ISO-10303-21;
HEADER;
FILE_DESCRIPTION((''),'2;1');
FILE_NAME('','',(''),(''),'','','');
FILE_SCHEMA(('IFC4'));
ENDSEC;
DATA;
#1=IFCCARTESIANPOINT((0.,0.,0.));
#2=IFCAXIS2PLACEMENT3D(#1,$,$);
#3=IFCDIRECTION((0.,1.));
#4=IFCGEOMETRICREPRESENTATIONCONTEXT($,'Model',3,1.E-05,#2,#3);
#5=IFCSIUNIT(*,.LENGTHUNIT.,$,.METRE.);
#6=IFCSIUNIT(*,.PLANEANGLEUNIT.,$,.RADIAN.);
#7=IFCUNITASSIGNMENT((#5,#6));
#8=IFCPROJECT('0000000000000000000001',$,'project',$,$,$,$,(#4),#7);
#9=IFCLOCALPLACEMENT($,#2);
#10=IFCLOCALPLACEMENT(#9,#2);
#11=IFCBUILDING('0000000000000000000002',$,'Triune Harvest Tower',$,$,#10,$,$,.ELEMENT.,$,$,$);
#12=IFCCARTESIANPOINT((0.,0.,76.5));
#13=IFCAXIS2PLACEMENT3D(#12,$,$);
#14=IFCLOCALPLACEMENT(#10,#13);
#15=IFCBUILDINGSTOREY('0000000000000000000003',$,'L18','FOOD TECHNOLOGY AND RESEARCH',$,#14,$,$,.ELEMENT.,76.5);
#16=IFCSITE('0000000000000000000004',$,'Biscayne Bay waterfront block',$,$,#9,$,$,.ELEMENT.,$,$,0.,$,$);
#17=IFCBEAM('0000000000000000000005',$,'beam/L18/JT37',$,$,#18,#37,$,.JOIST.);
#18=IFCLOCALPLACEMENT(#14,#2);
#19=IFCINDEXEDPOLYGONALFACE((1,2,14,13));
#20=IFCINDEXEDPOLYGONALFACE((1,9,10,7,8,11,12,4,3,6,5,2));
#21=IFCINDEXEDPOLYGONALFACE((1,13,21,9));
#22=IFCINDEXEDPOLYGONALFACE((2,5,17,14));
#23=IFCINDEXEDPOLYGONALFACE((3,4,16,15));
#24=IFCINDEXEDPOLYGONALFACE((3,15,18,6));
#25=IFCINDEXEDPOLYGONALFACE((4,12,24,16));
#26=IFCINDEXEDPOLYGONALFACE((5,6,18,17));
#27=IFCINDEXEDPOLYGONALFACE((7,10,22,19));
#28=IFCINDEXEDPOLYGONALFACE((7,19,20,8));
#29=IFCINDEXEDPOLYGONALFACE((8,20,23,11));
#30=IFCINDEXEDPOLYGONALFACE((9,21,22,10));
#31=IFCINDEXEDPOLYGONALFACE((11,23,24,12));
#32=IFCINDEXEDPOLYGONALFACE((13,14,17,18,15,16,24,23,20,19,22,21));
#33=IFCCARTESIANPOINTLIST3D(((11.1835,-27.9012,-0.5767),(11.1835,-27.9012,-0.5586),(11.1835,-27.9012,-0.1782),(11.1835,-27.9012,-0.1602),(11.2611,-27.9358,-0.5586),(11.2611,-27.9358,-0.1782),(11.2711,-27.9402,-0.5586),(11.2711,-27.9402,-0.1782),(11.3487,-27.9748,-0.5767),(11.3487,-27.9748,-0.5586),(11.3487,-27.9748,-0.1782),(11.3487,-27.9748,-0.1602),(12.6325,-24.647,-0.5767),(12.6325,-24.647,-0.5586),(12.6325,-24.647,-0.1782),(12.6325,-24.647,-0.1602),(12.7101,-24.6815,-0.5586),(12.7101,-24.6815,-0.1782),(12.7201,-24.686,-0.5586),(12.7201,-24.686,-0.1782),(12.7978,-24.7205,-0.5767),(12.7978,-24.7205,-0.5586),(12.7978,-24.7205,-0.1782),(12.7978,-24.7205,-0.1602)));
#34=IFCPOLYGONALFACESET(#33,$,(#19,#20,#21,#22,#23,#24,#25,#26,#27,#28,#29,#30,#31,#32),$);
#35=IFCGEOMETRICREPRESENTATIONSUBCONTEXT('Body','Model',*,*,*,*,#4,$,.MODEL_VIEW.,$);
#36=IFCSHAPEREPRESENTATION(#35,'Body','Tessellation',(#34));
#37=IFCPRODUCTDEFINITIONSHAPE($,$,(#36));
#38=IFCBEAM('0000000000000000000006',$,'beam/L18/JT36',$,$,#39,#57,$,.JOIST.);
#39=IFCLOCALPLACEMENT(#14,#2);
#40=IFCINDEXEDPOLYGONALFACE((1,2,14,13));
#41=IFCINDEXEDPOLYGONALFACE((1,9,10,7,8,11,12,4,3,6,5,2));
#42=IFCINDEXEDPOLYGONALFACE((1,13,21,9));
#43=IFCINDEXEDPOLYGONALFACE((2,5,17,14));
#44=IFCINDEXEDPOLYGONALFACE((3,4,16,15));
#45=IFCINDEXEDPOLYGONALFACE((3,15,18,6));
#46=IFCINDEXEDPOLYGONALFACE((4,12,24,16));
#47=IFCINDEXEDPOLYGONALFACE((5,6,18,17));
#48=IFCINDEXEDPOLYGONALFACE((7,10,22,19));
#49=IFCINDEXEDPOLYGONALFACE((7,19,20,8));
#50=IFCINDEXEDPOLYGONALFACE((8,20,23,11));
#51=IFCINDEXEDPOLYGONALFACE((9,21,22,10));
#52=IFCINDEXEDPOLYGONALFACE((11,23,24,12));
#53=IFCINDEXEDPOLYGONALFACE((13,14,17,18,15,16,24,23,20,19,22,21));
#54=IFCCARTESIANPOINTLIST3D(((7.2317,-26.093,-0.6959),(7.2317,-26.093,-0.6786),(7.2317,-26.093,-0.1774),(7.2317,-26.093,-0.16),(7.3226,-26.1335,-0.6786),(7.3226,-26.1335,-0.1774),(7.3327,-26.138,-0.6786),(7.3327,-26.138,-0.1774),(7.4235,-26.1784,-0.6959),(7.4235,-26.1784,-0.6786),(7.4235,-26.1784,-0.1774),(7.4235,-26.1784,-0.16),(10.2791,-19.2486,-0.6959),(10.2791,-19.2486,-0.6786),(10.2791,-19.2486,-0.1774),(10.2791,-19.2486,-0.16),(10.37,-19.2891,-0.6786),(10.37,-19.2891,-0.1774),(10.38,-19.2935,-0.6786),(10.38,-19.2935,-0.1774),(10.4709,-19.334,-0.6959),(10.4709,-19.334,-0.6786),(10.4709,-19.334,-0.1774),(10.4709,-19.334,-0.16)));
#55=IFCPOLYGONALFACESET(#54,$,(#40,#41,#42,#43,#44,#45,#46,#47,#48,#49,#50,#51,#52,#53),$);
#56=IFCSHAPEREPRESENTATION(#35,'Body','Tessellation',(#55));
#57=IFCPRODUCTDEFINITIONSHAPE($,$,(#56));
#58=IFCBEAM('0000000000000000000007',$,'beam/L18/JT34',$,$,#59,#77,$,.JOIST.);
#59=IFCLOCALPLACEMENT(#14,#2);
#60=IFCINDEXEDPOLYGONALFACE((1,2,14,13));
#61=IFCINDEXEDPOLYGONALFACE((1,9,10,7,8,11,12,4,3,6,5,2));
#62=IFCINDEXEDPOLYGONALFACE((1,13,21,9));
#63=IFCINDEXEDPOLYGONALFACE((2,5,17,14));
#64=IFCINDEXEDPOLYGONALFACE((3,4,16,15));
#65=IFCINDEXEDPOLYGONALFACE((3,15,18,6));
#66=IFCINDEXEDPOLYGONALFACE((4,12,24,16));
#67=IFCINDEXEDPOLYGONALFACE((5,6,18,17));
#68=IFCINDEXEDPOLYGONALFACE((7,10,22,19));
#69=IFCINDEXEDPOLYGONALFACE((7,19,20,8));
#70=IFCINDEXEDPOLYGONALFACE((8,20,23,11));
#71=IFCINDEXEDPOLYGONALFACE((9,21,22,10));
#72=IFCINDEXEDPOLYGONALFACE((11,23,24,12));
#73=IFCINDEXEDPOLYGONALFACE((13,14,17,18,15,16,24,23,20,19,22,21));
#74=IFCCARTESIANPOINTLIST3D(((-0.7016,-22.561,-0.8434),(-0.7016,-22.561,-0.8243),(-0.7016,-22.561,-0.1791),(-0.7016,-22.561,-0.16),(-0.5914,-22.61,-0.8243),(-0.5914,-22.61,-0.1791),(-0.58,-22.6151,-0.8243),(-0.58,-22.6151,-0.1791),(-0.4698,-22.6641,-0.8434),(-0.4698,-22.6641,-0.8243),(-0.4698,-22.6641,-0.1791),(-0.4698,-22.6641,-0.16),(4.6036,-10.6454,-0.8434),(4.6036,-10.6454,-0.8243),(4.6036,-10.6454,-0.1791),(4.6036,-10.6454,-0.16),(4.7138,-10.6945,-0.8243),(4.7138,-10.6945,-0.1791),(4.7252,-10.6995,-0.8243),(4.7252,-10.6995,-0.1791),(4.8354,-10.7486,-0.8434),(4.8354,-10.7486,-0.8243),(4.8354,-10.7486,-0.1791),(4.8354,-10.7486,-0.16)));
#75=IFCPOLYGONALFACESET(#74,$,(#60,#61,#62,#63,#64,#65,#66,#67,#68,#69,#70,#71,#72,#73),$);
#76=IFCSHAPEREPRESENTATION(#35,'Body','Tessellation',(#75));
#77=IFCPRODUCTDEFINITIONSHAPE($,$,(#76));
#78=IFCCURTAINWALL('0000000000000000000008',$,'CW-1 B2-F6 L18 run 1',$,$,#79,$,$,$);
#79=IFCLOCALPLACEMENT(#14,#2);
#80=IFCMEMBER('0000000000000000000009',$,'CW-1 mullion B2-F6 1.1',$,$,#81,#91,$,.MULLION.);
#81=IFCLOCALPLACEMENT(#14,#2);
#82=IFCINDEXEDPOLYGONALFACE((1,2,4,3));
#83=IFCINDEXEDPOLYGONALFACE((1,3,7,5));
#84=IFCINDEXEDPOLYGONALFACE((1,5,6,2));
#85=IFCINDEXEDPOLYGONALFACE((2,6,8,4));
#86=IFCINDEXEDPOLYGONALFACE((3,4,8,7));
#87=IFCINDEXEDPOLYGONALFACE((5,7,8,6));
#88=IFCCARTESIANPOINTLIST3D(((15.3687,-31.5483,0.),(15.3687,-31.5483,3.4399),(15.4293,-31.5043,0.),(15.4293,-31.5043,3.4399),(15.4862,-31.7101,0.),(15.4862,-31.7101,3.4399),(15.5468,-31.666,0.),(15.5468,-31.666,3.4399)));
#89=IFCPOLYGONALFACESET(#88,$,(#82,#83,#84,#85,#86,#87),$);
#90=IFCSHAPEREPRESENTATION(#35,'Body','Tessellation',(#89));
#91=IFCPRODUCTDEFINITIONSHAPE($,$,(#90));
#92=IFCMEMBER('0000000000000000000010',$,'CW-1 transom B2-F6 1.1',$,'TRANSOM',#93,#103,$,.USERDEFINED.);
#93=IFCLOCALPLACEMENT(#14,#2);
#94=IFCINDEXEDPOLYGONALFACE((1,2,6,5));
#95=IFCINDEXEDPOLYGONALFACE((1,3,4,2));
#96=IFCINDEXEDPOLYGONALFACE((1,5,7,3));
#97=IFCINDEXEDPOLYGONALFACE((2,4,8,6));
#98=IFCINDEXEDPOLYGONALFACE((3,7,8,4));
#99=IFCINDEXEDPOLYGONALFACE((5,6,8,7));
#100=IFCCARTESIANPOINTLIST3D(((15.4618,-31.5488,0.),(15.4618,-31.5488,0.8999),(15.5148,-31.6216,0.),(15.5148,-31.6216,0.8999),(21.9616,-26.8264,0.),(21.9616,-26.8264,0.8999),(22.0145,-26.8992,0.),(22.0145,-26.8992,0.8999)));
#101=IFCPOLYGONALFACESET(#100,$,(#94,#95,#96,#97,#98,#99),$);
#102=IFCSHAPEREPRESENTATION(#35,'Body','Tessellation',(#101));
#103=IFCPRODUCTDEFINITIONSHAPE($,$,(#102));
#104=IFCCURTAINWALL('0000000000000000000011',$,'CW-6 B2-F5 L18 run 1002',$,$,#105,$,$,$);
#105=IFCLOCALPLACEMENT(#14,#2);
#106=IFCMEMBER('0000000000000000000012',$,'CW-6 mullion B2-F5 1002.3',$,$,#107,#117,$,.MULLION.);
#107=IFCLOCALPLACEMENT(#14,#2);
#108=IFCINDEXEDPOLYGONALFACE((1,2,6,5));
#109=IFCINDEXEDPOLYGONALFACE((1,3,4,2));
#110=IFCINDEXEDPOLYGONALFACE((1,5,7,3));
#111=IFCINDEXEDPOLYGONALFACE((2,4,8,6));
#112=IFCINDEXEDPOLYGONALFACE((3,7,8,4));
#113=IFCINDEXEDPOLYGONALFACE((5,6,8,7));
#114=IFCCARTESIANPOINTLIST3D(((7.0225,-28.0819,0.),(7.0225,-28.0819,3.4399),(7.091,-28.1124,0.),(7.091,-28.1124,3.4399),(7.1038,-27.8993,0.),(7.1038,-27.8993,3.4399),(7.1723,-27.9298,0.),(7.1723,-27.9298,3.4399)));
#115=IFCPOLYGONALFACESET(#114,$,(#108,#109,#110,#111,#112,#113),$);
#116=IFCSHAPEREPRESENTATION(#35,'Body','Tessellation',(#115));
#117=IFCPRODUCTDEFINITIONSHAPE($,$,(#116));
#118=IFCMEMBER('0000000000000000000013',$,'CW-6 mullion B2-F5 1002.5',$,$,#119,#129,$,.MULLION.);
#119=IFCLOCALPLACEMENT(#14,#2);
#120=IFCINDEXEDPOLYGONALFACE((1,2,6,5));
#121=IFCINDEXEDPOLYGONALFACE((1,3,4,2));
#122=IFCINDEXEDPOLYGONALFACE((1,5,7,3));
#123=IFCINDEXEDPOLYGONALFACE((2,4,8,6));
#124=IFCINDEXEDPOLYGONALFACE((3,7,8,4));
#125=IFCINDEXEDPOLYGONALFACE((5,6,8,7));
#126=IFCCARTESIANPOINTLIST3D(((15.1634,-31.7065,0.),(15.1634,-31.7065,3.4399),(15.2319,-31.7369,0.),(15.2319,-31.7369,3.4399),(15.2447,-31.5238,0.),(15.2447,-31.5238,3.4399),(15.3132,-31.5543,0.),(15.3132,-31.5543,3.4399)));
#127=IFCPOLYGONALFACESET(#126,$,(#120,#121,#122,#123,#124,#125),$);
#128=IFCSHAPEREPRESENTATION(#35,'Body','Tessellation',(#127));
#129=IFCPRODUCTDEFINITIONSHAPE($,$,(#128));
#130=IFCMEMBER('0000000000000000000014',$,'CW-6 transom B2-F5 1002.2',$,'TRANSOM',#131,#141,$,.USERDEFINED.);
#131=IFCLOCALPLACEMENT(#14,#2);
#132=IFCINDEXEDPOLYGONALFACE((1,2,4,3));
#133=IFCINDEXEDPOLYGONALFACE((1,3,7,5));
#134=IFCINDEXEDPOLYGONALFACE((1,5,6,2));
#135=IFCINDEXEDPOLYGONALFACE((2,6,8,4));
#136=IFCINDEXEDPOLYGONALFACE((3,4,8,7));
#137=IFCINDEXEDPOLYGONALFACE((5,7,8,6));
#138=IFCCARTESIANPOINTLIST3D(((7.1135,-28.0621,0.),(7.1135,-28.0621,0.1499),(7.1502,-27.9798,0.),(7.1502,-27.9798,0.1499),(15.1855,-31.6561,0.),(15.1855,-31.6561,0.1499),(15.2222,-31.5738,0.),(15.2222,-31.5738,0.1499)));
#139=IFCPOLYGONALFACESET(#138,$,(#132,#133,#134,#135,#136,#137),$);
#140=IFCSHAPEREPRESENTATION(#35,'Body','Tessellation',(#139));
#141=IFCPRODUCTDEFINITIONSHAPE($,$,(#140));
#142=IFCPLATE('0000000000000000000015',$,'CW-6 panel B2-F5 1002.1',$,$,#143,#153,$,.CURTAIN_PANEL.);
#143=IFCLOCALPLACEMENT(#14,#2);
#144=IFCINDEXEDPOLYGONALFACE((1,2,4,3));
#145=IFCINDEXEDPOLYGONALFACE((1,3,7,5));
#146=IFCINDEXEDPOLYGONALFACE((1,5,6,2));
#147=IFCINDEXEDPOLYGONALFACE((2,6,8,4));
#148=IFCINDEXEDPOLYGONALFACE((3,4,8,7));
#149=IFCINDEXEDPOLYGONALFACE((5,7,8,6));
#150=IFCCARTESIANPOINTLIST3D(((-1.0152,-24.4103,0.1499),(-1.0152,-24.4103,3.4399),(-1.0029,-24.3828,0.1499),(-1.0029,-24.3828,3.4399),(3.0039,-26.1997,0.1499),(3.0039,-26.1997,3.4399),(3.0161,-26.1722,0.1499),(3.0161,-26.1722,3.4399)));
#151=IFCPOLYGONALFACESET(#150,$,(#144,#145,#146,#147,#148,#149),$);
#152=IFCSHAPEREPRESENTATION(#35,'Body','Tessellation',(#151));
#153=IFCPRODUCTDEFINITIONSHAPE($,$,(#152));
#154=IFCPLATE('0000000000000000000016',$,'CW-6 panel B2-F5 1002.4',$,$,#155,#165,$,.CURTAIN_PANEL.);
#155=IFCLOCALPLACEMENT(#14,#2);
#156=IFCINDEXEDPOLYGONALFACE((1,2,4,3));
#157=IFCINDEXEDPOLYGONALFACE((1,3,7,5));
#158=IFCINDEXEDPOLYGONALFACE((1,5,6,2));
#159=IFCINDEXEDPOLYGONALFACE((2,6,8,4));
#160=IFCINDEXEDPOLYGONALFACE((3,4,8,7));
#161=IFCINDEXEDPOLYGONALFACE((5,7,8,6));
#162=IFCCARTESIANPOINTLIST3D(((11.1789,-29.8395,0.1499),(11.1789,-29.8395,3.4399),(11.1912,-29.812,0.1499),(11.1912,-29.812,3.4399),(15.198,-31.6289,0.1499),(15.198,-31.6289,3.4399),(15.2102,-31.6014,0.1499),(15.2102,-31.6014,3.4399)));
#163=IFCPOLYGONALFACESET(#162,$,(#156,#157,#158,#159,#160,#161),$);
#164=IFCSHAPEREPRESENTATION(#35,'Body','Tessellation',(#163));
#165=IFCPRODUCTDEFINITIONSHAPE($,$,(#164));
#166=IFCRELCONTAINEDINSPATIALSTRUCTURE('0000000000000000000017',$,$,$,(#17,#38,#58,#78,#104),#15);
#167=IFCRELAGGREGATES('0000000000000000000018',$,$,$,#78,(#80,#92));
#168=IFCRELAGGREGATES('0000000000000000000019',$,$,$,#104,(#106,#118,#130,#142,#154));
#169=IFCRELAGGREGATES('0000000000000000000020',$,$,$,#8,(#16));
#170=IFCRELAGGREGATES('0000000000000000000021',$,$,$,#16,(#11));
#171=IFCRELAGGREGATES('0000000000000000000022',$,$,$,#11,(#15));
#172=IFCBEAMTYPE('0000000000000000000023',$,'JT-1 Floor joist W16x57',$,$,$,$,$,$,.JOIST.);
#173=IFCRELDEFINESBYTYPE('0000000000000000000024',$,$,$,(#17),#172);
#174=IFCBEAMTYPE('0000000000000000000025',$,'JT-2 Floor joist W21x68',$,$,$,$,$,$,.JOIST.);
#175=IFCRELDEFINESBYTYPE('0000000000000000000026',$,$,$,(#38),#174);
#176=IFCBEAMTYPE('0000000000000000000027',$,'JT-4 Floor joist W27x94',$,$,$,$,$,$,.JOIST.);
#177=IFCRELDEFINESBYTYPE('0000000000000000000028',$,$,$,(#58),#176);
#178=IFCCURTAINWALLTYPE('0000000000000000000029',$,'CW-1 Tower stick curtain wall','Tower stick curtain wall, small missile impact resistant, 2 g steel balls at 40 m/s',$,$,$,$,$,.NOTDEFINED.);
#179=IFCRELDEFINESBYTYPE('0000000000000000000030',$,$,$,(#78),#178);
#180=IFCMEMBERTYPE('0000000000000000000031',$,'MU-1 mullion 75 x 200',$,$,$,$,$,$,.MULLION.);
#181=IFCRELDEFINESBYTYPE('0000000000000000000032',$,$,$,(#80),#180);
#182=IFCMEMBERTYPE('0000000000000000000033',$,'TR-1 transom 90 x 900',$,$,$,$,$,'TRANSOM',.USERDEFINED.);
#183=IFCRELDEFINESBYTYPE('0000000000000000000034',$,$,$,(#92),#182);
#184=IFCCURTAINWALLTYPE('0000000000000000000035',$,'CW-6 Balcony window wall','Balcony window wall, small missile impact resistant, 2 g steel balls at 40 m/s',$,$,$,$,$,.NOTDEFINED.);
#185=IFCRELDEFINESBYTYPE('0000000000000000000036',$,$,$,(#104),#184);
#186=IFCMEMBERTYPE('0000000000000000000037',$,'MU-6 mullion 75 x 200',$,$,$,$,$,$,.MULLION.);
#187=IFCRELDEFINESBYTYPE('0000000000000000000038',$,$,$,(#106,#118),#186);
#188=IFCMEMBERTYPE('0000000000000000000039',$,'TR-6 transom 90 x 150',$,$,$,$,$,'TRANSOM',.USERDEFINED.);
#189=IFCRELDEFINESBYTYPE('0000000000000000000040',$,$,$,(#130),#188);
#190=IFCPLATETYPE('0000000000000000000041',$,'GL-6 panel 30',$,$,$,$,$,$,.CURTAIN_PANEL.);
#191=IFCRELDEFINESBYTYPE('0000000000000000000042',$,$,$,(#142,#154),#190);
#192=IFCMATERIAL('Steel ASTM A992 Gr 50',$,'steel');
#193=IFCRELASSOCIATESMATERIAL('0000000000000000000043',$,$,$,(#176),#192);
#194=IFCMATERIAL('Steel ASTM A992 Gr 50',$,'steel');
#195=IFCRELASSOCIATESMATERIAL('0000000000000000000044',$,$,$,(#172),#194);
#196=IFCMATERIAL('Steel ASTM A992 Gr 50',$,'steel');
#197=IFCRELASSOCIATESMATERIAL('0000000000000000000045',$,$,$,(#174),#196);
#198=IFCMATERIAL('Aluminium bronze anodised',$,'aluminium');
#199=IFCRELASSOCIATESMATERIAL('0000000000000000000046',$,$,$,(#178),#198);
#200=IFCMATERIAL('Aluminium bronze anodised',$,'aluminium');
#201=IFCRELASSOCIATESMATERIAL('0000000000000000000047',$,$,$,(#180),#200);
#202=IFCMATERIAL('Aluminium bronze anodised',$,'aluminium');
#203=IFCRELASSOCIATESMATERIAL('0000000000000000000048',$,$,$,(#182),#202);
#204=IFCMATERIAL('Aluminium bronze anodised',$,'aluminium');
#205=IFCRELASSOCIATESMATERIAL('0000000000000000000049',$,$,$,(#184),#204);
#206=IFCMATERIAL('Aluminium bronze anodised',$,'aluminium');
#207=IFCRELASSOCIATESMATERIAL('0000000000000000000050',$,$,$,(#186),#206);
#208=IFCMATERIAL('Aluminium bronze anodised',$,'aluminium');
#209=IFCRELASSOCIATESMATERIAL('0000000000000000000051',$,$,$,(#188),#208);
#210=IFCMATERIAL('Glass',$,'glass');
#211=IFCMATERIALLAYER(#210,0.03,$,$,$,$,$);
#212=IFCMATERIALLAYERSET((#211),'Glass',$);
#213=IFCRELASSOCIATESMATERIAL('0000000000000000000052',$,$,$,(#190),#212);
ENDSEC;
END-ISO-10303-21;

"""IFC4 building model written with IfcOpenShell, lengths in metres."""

from ifc_helpers import new_model, si_unit, direction, frame, origin, origin_2d, place, context, subcontext, project, spatial, rectangle, i_section, extrude, source, transform, mapped, material, layer, layer_set, material_profile, profile_set, type_object, element, aggregate, save


model = new_model("IFC4")

# Units and contexts
model_context = context("Model", 3, precision=1e-05, world=origin(), true_north=direction((0.0, 1.0)))
body_context = subcontext(model_context, "Body", "Model", "MODEL_VIEW")
ifc_project = project(units=[si_unit("LENGTHUNIT", "METRE"), si_unit("PLANEANGLEUNIT", "RADIAN")], contexts=[model_context])

# Site, building, storey
site_placement = place(None, origin())
site = spatial("IfcSite", under=ifc_project, at=site_placement, Name="Biscayne Bay waterfront block", CompositionType="ELEMENT", RefElevation=0.0)
building_placement = place(site_placement, origin())
building = spatial("IfcBuilding", under=site, at=building_placement, Name="Triune Harvest Tower", CompositionType="ELEMENT")
storey_placement = place(building_placement, frame((0.0, 0.0, 76.5)))
storey = spatial("IfcBuildingStorey", under=building, at=storey_placement, Name="L18", Description="FOOD TECHNOLOGY AND RESEARCH", CompositionType="ELEMENT", Elevation=76.5)

# Beams
ifc_material_1 = material(Name="Steel ASTM A992 Gr 50", Category="steel")
ifc_material_profile_1 = material_profile(ifc_material_1, i_section(OverallWidth=0.2537, OverallDepth=0.6833, WebThickness=0.0125, FlangeThickness=0.019, at=origin_2d()), Name="W27x94")
ifc_profile_set_1 = profile_set([ifc_material_profile_1], Name="Steel ASTM A992 Gr 50")
beam_type_1 = type_object("IfcBeamType", Name="JT-4 Floor joist W27x94", PredefinedType="JOIST", material=ifc_profile_set_1)
ifc_material_2 = material(Name="Steel ASTM A992 Gr 50", Category="steel")
ifc_material_profile_2 = material_profile(ifc_material_2, i_section(OverallWidth=0.1809, OverallDepth=0.4165, WebThickness=0.011, FlangeThickness=0.0181, at=origin_2d()), Name="W16x57")
ifc_profile_set_2 = profile_set([ifc_material_profile_2], Name="Steel ASTM A992 Gr 50")
beam_type_2 = type_object("IfcBeamType", Name="JT-1 Floor joist W16x57", PredefinedType="JOIST", material=ifc_profile_set_2)
shared_shape_1 = source(origin(), body_context, "Body", "SweptSolid", [
    extrude(i_section(OverallWidth=0.1809, OverallDepth=0.4165, WebThickness=0.011, FlangeThickness=0.0181, at=origin_2d()), origin(), (0.0, 0.0, 1.0), 3.5623),
])
beam_1_placement = place(storey_placement, frame((11.2661, -27.938, -0.3684), z_axis=(0.406768, 0.913532, 0.0), x_axis=(-0.913532, 0.406768, 0.0)))
element("IfcBeam", 1, at=beam_1_placement, inside=storey, type_object=beam_type_2, Name="beam/L18/JT37", PredefinedType="JOIST", context=body_context, shape_type="MappedRepresentation", body=[
    mapped(shared_shape_1, transform((0.0, 0.0, 0.0), scale=1.0)),
])
ifc_material_3 = material(Name="Steel ASTM A992 Gr 50", Category="steel")
ifc_material_profile_3 = material_profile(ifc_material_3, i_section(OverallWidth=0.21, OverallDepth=0.5359, WebThickness=0.011, FlangeThickness=0.0173, at=origin_2d()), Name="W21x68")
ifc_profile_set_3 = profile_set([ifc_material_profile_3], Name="Steel ASTM A992 Gr 50")
beam_type_3 = type_object("IfcBeamType", Name="JT-2 Floor joist W21x68", PredefinedType="JOIST", material=ifc_profile_set_3)
shared_shape_2 = source(origin(), body_context, "Body", "SweptSolid", [
    extrude(i_section(OverallWidth=0.21, OverallDepth=0.5359, WebThickness=0.011, FlangeThickness=0.0173, at=origin_2d()), origin(), (0.0, 0.0, 1.0), 7.4922),
])
beam_2_placement = place(storey_placement, frame((7.3276, -26.1357, -0.428), z_axis=(0.406737, 0.913545, 0.0), x_axis=(-0.913545, 0.406737, 0.0)))
element("IfcBeam", 2, at=beam_2_placement, inside=storey, type_object=beam_type_3, Name="beam/L18/JT36", PredefinedType="JOIST", context=body_context, shape_type="MappedRepresentation", body=[
    mapped(shared_shape_2, transform((0.0, 0.0, 0.0), scale=1.0)),
])
shared_shape_3 = source(origin(), body_context, "Body", "SweptSolid", [
    extrude(i_section(OverallWidth=0.2537, OverallDepth=0.6833, WebThickness=0.0125, FlangeThickness=0.019, at=origin_2d()), origin(), (0.0, 0.0, 1.0), 13.0432),
])
beam_3_placement = place(storey_placement, frame((-0.5857, -22.6125, -0.5017), z_axis=(0.406739, 0.913544, 0.0), x_axis=(-0.913544, 0.406739, 0.0)))
element("IfcBeam", 3, at=beam_3_placement, inside=storey, type_object=beam_type_1, Name="beam/L18/JT34", PredefinedType="JOIST", context=body_context, shape_type="MappedRepresentation", body=[
    mapped(shared_shape_3, transform((0.0, 0.0, 0.0), scale=1.0)),
])

# Curtain wall, members
ifc_material_4 = material(Name="Aluminium bronze anodised", Category="aluminium")
curtain_wall_type_1 = type_object("IfcCurtainWallType", Name="CW-1 Tower stick curtain wall", Description="Tower stick curtain wall, small missile impact resistant, 2 g steel balls at 40 m/s", PredefinedType="NOTDEFINED", material=ifc_material_4)
curtain_wall_1_placement = place(storey_placement, origin())
curtain_wall_1 = element("IfcCurtainWall", 4, at=curtain_wall_1_placement, inside=storey, type_object=curtain_wall_type_1, Name="CW-1 B2-F6 L18 run 1")
ifc_material_5 = material(Name="Aluminium bronze anodised", Category="aluminium")
ifc_material_profile_4 = material_profile(ifc_material_5, rectangle(XDim=0.2, YDim=0.075, at=origin_2d()), Name="MU-1 mullion 75 x 200")
ifc_profile_set_4 = profile_set([ifc_material_profile_4], Name="Aluminium bronze anodised")
member_type_1 = type_object("IfcMemberType", Name="MU-1 mullion 75 x 200", PredefinedType="MULLION", material=ifc_profile_set_4)
shared_shape_4 = source(origin(), body_context, "Body", "SweptSolid", [
    extrude(rectangle(XDim=0.2, YDim=0.075, at=origin_2d()), origin(), (0.0, 0.0, 1.0), 3.4399),
])
member_1_placement = place(storey_placement, frame((15.4578, -31.6072, 0.0), z_axis=(0.0, 0.0, 1.0), x_axis=(-0.58779, 0.809013, 0.0)))
member_1 = element("IfcMember", 5, at=member_1_placement, type_object=member_type_1, Name="CW-1 mullion B2-F6 1.1", PredefinedType="MULLION", context=body_context, shape_type="MappedRepresentation", body=[
    mapped(shared_shape_4, transform((0.0, 0.0, 0.0), scale=1.0)),
])
ifc_material_6 = material(Name="Aluminium bronze anodised", Category="aluminium")
ifc_material_profile_5 = material_profile(ifc_material_6, rectangle(XDim=0.0901, YDim=0.8999, at=origin_2d()), Name="TR-1 transom 90 x 900")
ifc_profile_set_5 = profile_set([ifc_material_profile_5], Name="Aluminium bronze anodised")
member_type_2 = type_object("IfcMemberType", Name="TR-1 transom 90 x 900", ElementType="TRANSOM", PredefinedType="USERDEFINED", material=ifc_profile_set_5)
shared_shape_5 = source(origin(), body_context, "Body", "SweptSolid", [
    extrude(rectangle(XDim=0.0901, YDim=0.8999, at=origin_2d()), origin(), (0.0, 0.0, 1.0), 8.0342),
])
member_2_placement = place(storey_placement, frame((15.4883, -31.5852, 0.45), z_axis=(0.809013, 0.58779, 0.0), x_axis=(-0.58779, 0.809013, 0.0)))
member_2 = element("IfcMember", 6, at=member_2_placement, type_object=member_type_2, Name="CW-1 transom B2-F6 1.1", ObjectType="TRANSOM", PredefinedType="USERDEFINED", context=body_context, shape_type="MappedRepresentation", body=[
    mapped(shared_shape_5, transform((0.0, 0.0, 0.0), scale=1.0)),
])
aggregate(curtain_wall_1, [member_1, member_2])

# Curtain wall, members, plates
ifc_material_7 = material(Name="Aluminium bronze anodised", Category="aluminium")
curtain_wall_type_2 = type_object("IfcCurtainWallType", Name="CW-6 Balcony window wall", Description="Balcony window wall, small missile impact resistant, 2 g steel balls at 40 m/s", PredefinedType="NOTDEFINED", material=ifc_material_7)
curtain_wall_2_placement = place(storey_placement, origin())
curtain_wall_2 = element("IfcCurtainWall", 7, at=curtain_wall_2_placement, inside=storey, type_object=curtain_wall_type_2, Name="CW-6 B2-F5 L18 run 1002")
ifc_material_8 = material(Name="Aluminium bronze anodised", Category="aluminium")
ifc_material_profile_6 = material_profile(ifc_material_8, rectangle(XDim=0.2, YDim=0.075, at=origin_2d()), Name="MU-6 mullion 75 x 200")
ifc_profile_set_6 = profile_set([ifc_material_profile_6], Name="Aluminium bronze anodised")
member_type_3 = type_object("IfcMemberType", Name="MU-6 mullion 75 x 200", PredefinedType="MULLION", material=ifc_profile_set_6)
shared_shape_6 = source(origin(), body_context, "Body", "SweptSolid", [
    extrude(rectangle(XDim=0.2, YDim=0.075, at=origin_2d()), origin(), (0.0, 0.0, 1.0), 3.4399),
])
member_3_placement = place(storey_placement, frame((7.0974, -28.0059, 0.0), z_axis=(0.0, 0.0, 1.0), x_axis=(0.406737, 0.913545, 0.0)))
member_3 = element("IfcMember", 8, at=member_3_placement, type_object=member_type_3, Name="CW-6 mullion B2-F5 1002.3", PredefinedType="MULLION", context=body_context, shape_type="MappedRepresentation", body=[
    mapped(shared_shape_6, transform((0.0, 0.0, 0.0), scale=1.0)),
])
member_4_placement = place(storey_placement, frame((15.2383, -31.6304, 0.0), z_axis=(0.0, 0.0, 1.0), x_axis=(0.406737, 0.913545, 0.0)))
member_4 = element("IfcMember", 9, at=member_4_placement, type_object=member_type_3, Name="CW-6 mullion B2-F5 1002.5", PredefinedType="MULLION", context=body_context, shape_type="MappedRepresentation", body=[
    mapped(shared_shape_6, transform((0.0, 0.0, 0.0), scale=1.0)),
])
ifc_material_9 = material(Name="Aluminium bronze anodised", Category="aluminium")
ifc_material_profile_7 = material_profile(ifc_material_9, rectangle(XDim=0.0901, YDim=0.1499, at=origin_2d()), Name="TR-6 transom 90 x 150")
ifc_profile_set_7 = profile_set([ifc_material_profile_7], Name="Aluminium bronze anodised")
member_type_4 = type_object("IfcMemberType", Name="TR-6 transom 90 x 150", ElementType="TRANSOM", PredefinedType="USERDEFINED", material=ifc_profile_set_7)
shared_shape_7 = source(origin(), body_context, "Body", "SweptSolid", [
    extrude(rectangle(XDim=0.0901, YDim=0.1499, at=origin_2d()), origin(), (0.0, 0.0, 1.0), 8.8359),
])
member_5_placement = place(storey_placement, frame((7.1318, -28.021, 0.075), z_axis=(0.913541, -0.406746, 0.0), x_axis=(0.406746, 0.913541, 0.0)))
member_5 = element("IfcMember", 10, at=member_5_placement, type_object=member_type_4, Name="CW-6 transom B2-F5 1002.2", ObjectType="TRANSOM", PredefinedType="USERDEFINED", context=body_context, shape_type="MappedRepresentation", body=[
    mapped(shared_shape_7, transform((0.0, 0.0, 0.0), scale=1.0)),
])
ifc_material_10 = material(Name="Glass", Category="glass")
ifc_layer_1 = layer(ifc_material_10, 0.03)
ifc_layer_set_1 = layer_set([ifc_layer_1], Name="Glass")
plate_type = type_object("IfcPlateType", Name="GL-6 panel 30", PredefinedType="CURTAIN_PANEL", material=ifc_layer_set_1)
shared_shape_8 = source(origin(), body_context, "Body", "SweptSolid", [
    extrude(rectangle(XDim=4.3994, YDim=0.03, at=origin_2d()), origin(), (0.0, 0.0, 1.0), 3.29),
])
plate_1_placement = place(storey_placement, frame((1.0005, -25.2913, 0.1499), z_axis=(0.0, 0.0, 1.0), x_axis=(0.913545, -0.406737, 0.0)))
plate_1 = element("IfcPlate", 11, at=plate_1_placement, type_object=plate_type, Name="CW-6 panel B2-F5 1002.1", PredefinedType="CURTAIN_PANEL", context=body_context, shape_type="MappedRepresentation", body=[
    mapped(shared_shape_8, transform((0.0, 0.0, 0.0), scale=1.0)),
])
plate_2_placement = place(storey_placement, frame((13.1946, -30.7205, 0.1499), z_axis=(0.0, 0.0, 1.0), x_axis=(0.913545, -0.406737, 0.0)))
plate_2 = element("IfcPlate", 12, at=plate_2_placement, type_object=plate_type, Name="CW-6 panel B2-F5 1002.4", PredefinedType="CURTAIN_PANEL", context=body_context, shape_type="MappedRepresentation", body=[
    mapped(shared_shape_8, transform((0.0, 0.0, 0.0), scale=1.0)),
])
aggregate(curtain_wall_2, [member_3, member_4, member_5, plate_1, plate_2])

save(model, "model.ifc")
